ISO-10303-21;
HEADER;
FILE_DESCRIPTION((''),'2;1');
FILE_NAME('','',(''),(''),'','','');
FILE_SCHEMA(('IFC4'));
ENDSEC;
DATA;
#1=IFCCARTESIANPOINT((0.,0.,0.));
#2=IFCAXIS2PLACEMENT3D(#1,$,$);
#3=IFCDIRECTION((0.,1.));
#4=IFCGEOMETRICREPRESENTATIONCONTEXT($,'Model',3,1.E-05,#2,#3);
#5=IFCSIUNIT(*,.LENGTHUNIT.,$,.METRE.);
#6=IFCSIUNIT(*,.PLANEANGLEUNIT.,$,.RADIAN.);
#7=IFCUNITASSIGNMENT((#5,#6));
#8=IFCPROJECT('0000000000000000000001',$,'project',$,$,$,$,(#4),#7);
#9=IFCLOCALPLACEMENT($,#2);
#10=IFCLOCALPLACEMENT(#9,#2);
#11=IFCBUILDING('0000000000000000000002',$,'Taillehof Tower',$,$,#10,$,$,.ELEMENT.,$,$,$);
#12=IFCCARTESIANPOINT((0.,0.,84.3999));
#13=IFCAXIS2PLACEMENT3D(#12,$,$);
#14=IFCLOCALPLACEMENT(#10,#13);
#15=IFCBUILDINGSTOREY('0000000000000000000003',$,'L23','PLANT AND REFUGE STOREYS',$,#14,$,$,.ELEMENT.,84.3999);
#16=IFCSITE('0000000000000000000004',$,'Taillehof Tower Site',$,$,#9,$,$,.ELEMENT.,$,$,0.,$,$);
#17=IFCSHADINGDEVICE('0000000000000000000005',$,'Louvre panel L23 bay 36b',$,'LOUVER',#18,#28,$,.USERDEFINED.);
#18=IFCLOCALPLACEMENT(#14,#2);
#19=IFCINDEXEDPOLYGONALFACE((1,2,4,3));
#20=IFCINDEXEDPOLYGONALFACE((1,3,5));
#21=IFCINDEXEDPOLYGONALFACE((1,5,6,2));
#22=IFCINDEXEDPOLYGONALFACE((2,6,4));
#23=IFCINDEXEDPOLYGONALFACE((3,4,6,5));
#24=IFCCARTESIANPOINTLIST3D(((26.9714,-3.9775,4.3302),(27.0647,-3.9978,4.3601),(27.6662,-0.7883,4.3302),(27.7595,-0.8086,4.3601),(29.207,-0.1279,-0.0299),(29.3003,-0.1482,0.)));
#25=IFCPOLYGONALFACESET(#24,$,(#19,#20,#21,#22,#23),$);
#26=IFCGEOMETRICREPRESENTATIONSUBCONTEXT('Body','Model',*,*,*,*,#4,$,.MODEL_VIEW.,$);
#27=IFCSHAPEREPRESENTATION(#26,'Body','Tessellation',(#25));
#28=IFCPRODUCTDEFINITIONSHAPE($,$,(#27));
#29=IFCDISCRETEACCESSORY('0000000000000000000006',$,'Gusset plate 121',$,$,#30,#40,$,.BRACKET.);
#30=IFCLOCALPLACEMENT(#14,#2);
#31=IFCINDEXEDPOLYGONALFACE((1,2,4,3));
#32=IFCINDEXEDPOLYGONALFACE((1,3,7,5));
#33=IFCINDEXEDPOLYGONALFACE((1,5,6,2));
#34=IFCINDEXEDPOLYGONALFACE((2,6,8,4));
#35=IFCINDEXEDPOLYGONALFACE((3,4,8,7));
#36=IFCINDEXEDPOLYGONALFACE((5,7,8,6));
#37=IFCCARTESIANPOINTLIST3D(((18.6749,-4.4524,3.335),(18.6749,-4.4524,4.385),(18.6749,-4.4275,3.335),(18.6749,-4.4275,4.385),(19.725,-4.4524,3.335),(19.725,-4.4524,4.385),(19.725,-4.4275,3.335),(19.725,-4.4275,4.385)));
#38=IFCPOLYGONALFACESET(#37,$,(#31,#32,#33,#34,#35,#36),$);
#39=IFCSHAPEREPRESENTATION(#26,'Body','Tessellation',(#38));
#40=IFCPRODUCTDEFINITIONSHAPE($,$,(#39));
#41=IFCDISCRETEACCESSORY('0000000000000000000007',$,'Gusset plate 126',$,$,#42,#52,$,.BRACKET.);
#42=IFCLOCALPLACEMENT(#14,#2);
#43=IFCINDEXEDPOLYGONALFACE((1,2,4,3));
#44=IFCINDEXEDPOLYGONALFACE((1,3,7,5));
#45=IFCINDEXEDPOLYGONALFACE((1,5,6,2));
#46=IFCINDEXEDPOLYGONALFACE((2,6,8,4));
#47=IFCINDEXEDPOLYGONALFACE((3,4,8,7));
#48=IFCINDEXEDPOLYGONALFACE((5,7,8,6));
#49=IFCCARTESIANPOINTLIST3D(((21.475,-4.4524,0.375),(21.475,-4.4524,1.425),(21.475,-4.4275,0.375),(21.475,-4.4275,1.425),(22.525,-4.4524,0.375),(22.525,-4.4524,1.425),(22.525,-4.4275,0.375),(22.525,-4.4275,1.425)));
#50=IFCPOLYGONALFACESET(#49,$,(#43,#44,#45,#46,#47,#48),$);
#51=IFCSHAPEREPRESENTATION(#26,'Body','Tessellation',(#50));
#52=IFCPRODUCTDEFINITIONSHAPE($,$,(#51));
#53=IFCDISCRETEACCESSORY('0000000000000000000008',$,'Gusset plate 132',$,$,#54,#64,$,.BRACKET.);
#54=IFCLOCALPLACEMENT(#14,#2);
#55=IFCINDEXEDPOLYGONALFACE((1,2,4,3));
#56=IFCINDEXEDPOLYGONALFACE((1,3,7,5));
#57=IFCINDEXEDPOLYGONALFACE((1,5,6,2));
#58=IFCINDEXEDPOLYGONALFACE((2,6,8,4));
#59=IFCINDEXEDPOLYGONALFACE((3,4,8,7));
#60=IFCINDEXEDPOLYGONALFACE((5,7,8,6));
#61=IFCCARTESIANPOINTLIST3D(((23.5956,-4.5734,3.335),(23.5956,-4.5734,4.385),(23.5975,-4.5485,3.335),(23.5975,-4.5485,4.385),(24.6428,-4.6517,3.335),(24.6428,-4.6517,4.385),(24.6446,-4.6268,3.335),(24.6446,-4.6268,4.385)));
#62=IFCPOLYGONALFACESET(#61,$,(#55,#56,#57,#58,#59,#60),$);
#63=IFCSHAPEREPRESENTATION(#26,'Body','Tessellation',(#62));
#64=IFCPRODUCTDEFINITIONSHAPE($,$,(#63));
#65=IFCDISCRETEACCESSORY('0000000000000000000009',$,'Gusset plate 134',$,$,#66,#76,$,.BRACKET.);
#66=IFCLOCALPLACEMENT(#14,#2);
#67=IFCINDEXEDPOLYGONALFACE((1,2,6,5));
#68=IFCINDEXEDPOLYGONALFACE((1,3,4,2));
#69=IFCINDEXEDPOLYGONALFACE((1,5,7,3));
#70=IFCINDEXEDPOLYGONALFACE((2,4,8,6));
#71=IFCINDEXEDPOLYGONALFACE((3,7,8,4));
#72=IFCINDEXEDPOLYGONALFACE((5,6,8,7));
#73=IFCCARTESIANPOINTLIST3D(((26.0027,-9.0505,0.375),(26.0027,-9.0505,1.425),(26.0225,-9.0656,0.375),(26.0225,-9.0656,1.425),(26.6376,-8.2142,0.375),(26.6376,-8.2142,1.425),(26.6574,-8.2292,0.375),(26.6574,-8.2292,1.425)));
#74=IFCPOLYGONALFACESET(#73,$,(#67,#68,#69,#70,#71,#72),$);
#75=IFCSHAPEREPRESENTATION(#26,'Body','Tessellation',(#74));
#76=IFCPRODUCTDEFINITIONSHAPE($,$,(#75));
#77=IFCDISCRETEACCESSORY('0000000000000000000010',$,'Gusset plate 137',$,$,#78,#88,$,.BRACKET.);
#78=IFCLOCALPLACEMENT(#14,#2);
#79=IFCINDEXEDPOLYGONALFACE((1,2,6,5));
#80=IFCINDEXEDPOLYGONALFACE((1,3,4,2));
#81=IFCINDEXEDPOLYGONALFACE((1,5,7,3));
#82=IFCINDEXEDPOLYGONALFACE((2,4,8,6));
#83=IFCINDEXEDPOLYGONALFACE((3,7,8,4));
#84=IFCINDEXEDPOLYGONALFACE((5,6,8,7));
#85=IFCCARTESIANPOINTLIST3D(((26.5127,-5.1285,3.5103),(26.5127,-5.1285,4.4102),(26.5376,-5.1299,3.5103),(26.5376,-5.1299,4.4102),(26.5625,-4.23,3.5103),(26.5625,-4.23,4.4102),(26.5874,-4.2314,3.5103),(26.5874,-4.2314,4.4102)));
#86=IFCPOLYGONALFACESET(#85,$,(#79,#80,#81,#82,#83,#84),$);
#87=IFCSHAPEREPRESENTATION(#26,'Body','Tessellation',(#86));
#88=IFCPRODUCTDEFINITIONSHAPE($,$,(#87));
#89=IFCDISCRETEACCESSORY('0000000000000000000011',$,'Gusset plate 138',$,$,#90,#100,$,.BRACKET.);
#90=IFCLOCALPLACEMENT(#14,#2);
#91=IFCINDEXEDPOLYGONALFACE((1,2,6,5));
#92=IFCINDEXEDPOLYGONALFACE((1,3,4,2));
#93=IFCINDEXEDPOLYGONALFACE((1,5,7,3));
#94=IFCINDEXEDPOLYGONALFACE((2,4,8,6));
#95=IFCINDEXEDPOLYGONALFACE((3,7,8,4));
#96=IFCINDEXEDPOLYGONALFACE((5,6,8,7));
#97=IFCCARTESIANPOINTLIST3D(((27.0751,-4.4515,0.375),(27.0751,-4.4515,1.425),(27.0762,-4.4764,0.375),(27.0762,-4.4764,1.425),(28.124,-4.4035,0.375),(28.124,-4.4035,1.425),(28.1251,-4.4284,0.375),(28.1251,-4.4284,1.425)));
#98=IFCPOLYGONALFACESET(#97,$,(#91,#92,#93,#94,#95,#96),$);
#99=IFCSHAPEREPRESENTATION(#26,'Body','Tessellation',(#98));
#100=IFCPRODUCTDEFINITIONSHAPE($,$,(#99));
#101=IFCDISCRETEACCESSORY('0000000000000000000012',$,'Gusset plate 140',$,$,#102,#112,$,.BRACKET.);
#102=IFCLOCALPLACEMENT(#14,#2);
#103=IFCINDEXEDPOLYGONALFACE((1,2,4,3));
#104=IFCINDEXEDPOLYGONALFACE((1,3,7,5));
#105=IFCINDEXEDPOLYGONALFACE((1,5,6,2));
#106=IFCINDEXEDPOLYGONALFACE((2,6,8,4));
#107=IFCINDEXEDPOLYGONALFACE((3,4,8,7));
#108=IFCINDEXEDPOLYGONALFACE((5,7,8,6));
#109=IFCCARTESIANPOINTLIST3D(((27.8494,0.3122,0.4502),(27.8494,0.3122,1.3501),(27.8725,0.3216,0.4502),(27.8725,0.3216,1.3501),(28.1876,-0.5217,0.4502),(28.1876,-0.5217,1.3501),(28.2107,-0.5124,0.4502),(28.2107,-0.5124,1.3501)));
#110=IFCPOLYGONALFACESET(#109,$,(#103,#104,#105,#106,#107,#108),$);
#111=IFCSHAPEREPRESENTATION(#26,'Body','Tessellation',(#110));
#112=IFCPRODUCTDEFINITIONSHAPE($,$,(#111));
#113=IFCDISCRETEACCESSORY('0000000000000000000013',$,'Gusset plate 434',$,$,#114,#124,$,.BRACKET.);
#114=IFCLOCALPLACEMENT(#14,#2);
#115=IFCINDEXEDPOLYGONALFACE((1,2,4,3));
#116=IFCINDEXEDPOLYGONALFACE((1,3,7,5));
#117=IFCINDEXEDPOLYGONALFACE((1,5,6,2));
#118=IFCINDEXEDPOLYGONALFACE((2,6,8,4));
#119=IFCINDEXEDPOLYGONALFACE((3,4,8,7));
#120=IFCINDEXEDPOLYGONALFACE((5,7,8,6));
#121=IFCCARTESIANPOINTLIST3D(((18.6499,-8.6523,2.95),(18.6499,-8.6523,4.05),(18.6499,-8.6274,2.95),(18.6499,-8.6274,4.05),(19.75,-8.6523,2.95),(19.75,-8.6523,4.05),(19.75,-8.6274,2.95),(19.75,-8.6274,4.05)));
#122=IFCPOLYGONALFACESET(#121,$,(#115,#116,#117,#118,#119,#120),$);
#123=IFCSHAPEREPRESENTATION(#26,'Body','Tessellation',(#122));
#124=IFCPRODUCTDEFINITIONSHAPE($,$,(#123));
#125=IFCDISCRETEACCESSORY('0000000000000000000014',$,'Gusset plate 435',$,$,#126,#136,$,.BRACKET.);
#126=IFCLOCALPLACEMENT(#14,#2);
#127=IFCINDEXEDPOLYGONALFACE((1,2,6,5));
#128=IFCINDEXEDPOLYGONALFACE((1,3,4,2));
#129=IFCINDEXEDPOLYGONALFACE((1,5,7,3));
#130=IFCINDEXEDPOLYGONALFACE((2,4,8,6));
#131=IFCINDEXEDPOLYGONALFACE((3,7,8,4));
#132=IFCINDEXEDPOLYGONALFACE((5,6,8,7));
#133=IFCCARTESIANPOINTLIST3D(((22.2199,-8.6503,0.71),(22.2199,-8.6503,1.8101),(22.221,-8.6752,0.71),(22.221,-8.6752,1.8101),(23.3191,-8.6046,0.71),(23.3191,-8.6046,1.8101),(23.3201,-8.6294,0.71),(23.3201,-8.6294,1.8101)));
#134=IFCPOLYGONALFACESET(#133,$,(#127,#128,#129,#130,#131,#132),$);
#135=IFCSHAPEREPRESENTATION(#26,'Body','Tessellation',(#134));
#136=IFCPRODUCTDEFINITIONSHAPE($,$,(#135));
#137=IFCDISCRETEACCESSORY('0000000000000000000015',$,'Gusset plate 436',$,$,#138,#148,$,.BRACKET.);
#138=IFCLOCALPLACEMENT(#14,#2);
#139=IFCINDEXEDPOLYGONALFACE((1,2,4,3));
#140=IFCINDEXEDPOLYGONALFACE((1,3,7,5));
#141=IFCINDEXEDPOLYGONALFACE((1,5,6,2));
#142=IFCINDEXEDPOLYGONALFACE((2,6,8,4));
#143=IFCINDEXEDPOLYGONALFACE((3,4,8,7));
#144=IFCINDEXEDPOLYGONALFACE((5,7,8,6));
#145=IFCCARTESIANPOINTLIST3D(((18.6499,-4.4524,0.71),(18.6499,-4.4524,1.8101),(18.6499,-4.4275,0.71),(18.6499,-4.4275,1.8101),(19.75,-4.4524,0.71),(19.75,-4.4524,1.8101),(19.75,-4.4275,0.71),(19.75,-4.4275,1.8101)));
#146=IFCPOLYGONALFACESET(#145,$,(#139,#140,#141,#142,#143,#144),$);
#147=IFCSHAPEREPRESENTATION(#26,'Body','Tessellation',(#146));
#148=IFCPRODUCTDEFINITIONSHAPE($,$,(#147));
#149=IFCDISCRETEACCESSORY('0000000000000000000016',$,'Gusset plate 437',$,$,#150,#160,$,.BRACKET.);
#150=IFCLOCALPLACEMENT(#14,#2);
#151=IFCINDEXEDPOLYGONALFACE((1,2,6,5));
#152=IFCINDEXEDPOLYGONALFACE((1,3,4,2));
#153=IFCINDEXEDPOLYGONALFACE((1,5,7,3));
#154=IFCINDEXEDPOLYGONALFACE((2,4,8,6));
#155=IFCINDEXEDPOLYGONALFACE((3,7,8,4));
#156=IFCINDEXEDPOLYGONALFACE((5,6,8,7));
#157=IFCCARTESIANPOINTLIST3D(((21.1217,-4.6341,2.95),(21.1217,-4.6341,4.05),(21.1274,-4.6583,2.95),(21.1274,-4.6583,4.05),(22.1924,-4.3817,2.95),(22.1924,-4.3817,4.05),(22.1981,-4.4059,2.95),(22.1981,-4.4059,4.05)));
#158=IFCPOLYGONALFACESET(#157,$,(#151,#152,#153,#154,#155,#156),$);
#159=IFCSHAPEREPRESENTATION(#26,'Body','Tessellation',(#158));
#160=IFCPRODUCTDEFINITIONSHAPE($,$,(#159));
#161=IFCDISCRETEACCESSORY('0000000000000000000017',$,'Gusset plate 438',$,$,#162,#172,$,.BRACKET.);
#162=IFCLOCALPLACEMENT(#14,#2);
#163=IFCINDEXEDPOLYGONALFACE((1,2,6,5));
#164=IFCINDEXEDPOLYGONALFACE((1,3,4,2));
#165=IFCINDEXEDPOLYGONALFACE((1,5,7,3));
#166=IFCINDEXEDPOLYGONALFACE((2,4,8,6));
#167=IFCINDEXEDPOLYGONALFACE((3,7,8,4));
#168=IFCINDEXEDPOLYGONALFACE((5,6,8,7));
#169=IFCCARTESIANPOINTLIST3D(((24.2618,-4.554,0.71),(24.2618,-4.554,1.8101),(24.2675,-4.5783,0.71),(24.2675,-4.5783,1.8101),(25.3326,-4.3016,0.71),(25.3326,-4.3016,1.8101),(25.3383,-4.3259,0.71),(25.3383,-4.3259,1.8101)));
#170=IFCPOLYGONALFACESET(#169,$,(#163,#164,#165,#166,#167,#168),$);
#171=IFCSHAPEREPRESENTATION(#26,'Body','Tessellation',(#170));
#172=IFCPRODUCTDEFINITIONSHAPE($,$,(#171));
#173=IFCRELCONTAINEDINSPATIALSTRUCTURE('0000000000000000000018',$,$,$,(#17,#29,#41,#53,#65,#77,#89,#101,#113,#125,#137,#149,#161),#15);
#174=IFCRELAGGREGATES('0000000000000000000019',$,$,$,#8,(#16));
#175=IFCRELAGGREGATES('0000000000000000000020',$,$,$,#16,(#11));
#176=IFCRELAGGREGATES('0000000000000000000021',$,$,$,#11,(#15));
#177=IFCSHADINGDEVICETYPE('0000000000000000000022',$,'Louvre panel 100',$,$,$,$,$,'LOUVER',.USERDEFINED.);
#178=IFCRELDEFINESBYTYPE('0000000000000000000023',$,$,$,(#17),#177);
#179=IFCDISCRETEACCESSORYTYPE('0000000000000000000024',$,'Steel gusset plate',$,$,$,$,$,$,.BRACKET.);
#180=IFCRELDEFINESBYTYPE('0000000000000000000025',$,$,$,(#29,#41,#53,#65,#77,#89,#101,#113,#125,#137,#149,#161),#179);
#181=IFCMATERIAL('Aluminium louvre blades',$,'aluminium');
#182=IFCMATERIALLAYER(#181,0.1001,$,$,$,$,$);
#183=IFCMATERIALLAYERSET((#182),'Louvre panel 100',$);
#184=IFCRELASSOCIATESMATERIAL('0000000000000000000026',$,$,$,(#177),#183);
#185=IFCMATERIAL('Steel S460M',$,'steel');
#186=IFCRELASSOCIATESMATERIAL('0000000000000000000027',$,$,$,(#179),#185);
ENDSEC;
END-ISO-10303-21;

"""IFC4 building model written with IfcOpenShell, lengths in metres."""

from ifc_helpers import new_model, si_unit, direction, frame, origin, origin_2d, place, context, subcontext, project, spatial, polyline, rectangle, outline, extrude, material, layer, layer_set, type_object, element, save


model = new_model("IFC4")

# Units and contexts
model_context = context("Model", 3, precision=1e-05, world=origin(), true_north=direction((0.0, 1.0)))
body_context = subcontext(model_context, "Body", "Model", "MODEL_VIEW")
ifc_project = project(units=[si_unit("LENGTHUNIT", "METRE"), si_unit("PLANEANGLEUNIT", "RADIAN")], contexts=[model_context])

# Site, building, storey
site_placement = place(None, origin())
site = spatial("IfcSite", under=ifc_project, at=site_placement, Name="Taillehof Tower Site", CompositionType="ELEMENT", RefElevation=0.0)
building_placement = place(site_placement, origin())
building = spatial("IfcBuilding", under=site, at=building_placement, Name="Taillehof Tower", CompositionType="ELEMENT")
storey_placement = place(building_placement, frame((0.0, 0.0, 84.3999)))
storey = spatial("IfcBuildingStorey", under=building, at=storey_placement, Name="L23", Description="PLANT AND REFUGE STOREYS", CompositionType="ELEMENT", Elevation=84.3999)

# Shading device
ifc_material_1 = material(Name="Aluminium louvre blades", Category="aluminium")
ifc_layer_1 = layer(ifc_material_1, 0.1001)
ifc_layer_set_1 = layer_set([ifc_layer_1], Name="Louvre panel 100")
shading_device_type = type_object("IfcShadingDeviceType", Name="Louvre panel 100", ElementType="LOUVER", PredefinedType="USERDEFINED", material=ifc_layer_set_1)
shading_device_1_placement = place(storey_placement, frame((29.3003, -0.1482, 0.0), z_axis=(0.93246, -0.203153, 0.298742), x_axis=(-0.329841, -0.141375, 0.933391)))
element("IfcShadingDevice", 1, at=shading_device_1_placement, inside=storey, type_object=shading_device_type, Name="Louvre panel L23 bay 36b", ObjectType="LOUVER", PredefinedType="USERDEFINED", context=body_context, shape_type="SweptSolid", body=[
    extrude(outline(polyline([(0.0, 0.0), (4.6713, 0.0), (5.3513, 3.1924), (0.0, 0.0)])), origin(), (0.0, 0.0, -1.0), 0.1001),
])

# Discrete accessories
ifc_material_2 = material(Name="Steel S460M", Category="steel")
discrete_accessory_type = type_object("IfcDiscreteAccessoryType", Name="Steel gusset plate", PredefinedType="BRACKET", material=ifc_material_2)
for number, where, z_axis, x_axis, name in (
    (2, (19.2, -4.4399, 3.335), (0.0, 0.0, 1.0), (1.0, 0.0, 0.0), "Gusset plate 121"),
    (3, (22.0, -4.4399, 0.375), (0.0, 0.0, 1.0), (1.0, 0.0, 0.0), "Gusset plate 126"),
    (4, (24.1201, -4.6001, 3.335), (0.0, 0.0, 1.0), (0.997217, -0.074549, 0.0), "Gusset plate 132"),
    (5, (26.3301, -8.6399, 0.375), (0.0, 0.0, 1.0), (0.604632, 0.796505, 0.0), "Gusset plate 134"),
):
    element("IfcDiscreteAccessory", number, at=place(storey_placement, frame(where, z_axis=z_axis, x_axis=x_axis)), inside=storey, type_object=discrete_accessory_type, Name=name, PredefinedType="BRACKET", context=body_context, shape_type="SweptSolid", body=[
        extrude(rectangle(XDim=1.05, YDim=0.0249, at=origin_2d()), origin(), (0.0, 0.0, 1.0), 1.05),
    ])
discrete_accessory_1_placement = place(storey_placement, frame((26.55, -4.6799, 3.5103), z_axis=(0.0, 0.0, 1.0), x_axis=(0.055354, 0.998467, 0.0)))
element("IfcDiscreteAccessory", 6, at=discrete_accessory_1_placement, inside=storey, type_object=discrete_accessory_type, Name="Gusset plate 137", PredefinedType="BRACKET", context=body_context, shape_type="SweptSolid", body=[
    extrude(rectangle(XDim=0.8999, YDim=0.0249, at=origin_2d()), origin(), (0.0, 0.0, 1.0), 0.8999),
])
discrete_accessory_2_placement = place(storey_placement, frame((27.6001, -4.4399, 0.375), z_axis=(0.0, 0.0, 1.0), x_axis=(0.998955, 0.045696, 0.0)))
element("IfcDiscreteAccessory", 7, at=discrete_accessory_2_placement, inside=storey, type_object=discrete_accessory_type, Name="Gusset plate 138", PredefinedType="BRACKET", context=body_context, shape_type="SweptSolid", body=[
    extrude(rectangle(XDim=1.05, YDim=0.0249, at=origin_2d()), origin(), (0.0, 0.0, 1.0), 1.05),
])
discrete_accessory_3_placement = place(storey_placement, frame((28.03, -0.1001, 0.4502), z_axis=(0.0, 0.0, 1.0), x_axis=(-0.375799, 0.926701, 0.0)))
element("IfcDiscreteAccessory", 8, at=discrete_accessory_3_placement, inside=storey, type_object=discrete_accessory_type, Name="Gusset plate 140", PredefinedType="BRACKET", context=body_context, shape_type="SweptSolid", body=[
    extrude(rectangle(XDim=0.8999, YDim=0.0249, at=origin_2d()), origin(), (0.0, 0.0, 1.0), 0.8999),
])
for number, where, z_axis, x_axis, name in (
    (9, (19.2, -8.6399, 2.95), (0.0, 0.0, 1.0), (1.0, 0.0, 0.0), "Gusset plate 434"),
    (10, (22.77, -8.6399, 0.71), (0.0, 0.0, 1.0), (-0.999134, -0.041607, 0.0), "Gusset plate 435"),
    (11, (19.2, -4.4399, 0.71), (0.0, 0.0, 1.0), (1.0, 0.0, 0.0), "Gusset plate 436"),
    (12, (21.6599, -4.52, 2.95), (0.0, 0.0, 1.0), (-0.973326, -0.229426, 0.0), "Gusset plate 437"),
    (13, (24.8, -4.4399, 0.71), (0.0, 0.0, 1.0), (-0.973322, -0.229443, 0.0), "Gusset plate 438"),
):
    element("IfcDiscreteAccessory", number, at=place(storey_placement, frame(where, z_axis=z_axis, x_axis=x_axis)), inside=storey, type_object=discrete_accessory_type, Name=name, PredefinedType="BRACKET", context=body_context, shape_type="SweptSolid", body=[
        extrude(rectangle(XDim=1.1001, YDim=0.0249, at=origin_2d()), origin(), (0.0, 0.0, 1.0), 1.1001),
    ])

save(model, "model.ifc")
